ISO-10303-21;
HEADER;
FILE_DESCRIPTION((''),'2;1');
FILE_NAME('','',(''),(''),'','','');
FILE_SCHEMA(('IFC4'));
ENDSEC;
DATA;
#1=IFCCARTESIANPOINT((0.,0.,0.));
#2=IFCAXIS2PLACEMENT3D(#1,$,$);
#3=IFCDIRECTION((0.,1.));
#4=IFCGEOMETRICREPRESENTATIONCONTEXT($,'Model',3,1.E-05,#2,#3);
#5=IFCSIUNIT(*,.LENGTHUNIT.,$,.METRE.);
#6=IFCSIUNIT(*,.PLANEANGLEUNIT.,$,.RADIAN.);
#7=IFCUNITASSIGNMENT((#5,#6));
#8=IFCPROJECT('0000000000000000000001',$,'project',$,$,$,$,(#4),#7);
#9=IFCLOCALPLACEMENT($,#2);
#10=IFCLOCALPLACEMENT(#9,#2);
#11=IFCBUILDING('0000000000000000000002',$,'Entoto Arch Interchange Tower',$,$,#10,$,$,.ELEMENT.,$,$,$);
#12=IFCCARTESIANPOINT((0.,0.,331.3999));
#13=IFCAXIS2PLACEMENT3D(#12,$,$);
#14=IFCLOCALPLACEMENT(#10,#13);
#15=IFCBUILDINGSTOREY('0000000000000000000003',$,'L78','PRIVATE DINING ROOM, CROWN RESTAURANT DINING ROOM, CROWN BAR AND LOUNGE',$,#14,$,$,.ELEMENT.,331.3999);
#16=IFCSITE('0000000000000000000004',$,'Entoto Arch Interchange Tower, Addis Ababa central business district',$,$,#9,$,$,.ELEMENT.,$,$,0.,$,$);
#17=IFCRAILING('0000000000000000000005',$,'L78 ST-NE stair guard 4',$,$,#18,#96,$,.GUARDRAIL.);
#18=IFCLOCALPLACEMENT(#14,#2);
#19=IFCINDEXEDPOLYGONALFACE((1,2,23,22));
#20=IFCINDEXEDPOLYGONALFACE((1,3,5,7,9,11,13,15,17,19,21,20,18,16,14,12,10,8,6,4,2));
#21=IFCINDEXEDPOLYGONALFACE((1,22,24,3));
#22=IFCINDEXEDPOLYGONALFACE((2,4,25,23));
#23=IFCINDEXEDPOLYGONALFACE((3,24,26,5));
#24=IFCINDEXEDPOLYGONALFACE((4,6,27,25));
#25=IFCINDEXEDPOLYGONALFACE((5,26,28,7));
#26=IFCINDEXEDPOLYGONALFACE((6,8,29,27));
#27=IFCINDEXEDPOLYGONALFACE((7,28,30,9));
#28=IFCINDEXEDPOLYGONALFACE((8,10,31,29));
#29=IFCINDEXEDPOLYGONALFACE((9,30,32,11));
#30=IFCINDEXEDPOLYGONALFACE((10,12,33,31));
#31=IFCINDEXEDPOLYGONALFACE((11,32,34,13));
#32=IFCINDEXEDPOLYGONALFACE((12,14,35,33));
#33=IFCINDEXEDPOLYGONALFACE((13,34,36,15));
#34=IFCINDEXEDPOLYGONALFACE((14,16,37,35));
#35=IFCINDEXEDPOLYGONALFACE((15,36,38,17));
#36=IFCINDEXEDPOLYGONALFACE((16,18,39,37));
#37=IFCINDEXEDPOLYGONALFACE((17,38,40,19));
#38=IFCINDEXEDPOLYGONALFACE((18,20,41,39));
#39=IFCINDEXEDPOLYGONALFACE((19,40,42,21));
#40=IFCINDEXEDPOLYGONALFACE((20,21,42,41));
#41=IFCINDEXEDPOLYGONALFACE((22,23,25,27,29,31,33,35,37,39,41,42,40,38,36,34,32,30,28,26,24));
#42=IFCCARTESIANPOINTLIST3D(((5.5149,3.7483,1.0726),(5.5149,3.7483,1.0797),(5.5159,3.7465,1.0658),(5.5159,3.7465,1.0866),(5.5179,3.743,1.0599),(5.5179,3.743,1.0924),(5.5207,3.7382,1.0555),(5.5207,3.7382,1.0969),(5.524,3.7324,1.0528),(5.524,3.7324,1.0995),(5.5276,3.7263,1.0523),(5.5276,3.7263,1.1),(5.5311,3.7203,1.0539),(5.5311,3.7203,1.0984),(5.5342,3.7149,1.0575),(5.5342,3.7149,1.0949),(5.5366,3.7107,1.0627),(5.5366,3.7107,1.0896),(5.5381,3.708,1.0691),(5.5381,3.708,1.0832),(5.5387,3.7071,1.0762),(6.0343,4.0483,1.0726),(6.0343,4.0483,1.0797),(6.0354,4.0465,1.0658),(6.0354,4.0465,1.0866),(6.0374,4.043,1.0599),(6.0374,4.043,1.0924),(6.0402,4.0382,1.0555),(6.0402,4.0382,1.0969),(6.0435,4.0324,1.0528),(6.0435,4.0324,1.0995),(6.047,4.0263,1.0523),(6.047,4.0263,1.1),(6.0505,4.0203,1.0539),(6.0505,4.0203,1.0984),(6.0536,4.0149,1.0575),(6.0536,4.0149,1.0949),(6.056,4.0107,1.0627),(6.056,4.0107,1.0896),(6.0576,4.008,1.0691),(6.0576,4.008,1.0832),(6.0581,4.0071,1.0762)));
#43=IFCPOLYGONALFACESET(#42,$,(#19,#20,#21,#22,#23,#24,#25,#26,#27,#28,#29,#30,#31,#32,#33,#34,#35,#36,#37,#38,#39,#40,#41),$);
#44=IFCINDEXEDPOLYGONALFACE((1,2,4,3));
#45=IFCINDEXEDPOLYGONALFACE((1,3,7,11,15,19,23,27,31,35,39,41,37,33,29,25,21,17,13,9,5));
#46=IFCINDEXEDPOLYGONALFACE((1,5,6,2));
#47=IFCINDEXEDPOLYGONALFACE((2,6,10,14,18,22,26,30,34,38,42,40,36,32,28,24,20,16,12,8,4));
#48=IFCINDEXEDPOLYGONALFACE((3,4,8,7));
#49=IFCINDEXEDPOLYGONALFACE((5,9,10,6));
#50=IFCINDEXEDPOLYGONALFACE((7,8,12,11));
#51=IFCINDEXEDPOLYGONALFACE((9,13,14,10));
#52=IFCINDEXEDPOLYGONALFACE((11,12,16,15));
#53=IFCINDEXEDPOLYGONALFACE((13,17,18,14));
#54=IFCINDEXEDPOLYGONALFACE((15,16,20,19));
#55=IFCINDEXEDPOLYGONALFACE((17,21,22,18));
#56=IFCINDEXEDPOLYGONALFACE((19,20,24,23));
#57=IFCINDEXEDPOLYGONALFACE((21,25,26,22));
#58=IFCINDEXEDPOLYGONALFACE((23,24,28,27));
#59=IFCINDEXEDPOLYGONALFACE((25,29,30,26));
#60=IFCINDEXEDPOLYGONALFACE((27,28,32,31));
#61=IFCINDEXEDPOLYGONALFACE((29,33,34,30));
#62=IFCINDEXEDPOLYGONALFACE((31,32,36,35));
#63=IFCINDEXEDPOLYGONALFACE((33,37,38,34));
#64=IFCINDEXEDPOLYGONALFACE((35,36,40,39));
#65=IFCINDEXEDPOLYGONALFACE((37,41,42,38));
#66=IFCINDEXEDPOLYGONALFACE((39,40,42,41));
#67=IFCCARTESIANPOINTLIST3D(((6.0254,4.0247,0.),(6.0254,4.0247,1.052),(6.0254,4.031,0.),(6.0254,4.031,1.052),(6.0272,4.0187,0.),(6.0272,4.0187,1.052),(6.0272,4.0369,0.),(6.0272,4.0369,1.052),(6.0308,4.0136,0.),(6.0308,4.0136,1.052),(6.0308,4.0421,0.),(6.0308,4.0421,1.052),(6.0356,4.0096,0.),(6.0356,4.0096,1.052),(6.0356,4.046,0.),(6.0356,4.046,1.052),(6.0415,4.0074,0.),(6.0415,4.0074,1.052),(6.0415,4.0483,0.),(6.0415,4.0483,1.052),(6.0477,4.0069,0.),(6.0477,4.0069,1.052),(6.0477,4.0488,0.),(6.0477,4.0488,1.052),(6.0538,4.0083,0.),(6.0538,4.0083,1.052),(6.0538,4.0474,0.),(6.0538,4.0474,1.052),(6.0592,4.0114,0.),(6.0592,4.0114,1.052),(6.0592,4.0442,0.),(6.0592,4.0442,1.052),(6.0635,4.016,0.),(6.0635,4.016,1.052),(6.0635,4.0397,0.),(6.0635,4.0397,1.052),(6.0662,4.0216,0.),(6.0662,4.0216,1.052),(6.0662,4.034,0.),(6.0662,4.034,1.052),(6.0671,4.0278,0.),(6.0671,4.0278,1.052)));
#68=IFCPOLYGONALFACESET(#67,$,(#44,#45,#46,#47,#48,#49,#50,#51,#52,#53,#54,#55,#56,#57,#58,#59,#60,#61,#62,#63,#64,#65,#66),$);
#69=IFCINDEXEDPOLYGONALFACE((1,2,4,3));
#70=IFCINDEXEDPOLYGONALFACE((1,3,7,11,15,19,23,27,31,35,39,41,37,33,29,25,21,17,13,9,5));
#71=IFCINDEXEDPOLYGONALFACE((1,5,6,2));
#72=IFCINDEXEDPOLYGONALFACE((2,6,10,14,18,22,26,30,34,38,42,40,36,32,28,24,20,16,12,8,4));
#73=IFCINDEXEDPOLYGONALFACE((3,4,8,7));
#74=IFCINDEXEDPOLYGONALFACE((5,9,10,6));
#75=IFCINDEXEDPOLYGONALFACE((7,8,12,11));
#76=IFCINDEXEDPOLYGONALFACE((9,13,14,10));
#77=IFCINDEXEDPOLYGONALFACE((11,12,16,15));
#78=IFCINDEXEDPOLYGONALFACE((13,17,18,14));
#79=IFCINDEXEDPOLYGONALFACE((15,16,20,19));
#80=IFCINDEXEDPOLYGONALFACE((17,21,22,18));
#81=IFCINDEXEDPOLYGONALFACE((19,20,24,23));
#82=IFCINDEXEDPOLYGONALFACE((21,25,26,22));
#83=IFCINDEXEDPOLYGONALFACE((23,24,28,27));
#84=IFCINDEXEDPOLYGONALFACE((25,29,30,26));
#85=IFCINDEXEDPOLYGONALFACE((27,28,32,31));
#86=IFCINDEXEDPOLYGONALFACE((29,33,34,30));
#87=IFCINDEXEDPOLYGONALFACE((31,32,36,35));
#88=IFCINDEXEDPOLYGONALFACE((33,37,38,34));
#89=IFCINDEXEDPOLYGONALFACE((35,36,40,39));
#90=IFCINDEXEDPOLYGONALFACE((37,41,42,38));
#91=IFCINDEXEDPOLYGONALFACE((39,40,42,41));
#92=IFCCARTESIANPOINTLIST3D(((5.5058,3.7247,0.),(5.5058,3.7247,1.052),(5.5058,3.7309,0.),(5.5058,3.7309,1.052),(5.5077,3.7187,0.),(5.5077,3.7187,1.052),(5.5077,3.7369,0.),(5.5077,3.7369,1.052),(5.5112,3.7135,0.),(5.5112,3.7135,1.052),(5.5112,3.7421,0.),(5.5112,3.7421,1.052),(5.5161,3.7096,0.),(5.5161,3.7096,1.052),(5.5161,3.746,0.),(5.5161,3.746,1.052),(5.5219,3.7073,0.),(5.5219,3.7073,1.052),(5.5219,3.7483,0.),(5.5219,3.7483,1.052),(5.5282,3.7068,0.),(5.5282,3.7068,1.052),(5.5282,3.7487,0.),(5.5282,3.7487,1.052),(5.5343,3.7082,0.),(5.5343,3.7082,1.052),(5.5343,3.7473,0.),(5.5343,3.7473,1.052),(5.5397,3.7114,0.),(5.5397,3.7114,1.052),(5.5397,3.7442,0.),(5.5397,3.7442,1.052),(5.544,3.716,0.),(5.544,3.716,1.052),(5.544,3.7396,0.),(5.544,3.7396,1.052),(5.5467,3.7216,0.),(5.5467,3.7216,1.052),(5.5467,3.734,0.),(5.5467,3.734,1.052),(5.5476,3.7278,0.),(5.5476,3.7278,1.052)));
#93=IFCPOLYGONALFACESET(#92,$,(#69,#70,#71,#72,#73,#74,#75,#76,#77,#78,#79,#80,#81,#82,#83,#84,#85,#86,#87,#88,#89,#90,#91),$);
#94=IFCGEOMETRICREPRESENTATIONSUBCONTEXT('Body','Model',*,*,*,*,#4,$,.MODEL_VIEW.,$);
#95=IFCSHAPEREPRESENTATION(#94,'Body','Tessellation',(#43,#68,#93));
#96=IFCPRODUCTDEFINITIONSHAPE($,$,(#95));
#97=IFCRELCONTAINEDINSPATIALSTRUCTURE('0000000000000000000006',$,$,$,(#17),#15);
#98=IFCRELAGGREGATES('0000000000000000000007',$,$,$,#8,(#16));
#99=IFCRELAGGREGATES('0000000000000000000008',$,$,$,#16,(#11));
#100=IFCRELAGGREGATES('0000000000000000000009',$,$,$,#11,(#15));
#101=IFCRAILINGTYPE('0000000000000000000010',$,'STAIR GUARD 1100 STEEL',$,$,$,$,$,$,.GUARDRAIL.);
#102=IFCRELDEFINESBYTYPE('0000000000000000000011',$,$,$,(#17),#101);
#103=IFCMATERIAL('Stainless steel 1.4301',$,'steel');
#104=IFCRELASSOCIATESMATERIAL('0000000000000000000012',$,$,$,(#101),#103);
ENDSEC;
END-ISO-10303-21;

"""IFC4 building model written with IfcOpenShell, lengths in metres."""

from ifc_helpers import new_model, si_unit, direction, frame, origin, origin_2d, place, context, subcontext, project, spatial, circle, extrude, material, type_object, element, save


model = new_model("IFC4")

# Units and contexts
model_context = context("Model", 3, precision=1e-05, world=origin(), true_north=direction((0.0, 1.0)))
body_context = subcontext(model_context, "Body", "Model", "MODEL_VIEW")
ifc_project = project(units=[si_unit("LENGTHUNIT", "METRE"), si_unit("PLANEANGLEUNIT", "RADIAN")], contexts=[model_context])

# Site, building, storey
site_placement = place(None, origin())
site = spatial("IfcSite", under=ifc_project, at=site_placement, Name="Entoto Arch Interchange Tower, Addis Ababa central business district", CompositionType="ELEMENT", RefElevation=0.0)
building_placement = place(site_placement, origin())
building = spatial("IfcBuilding", under=site, at=building_placement, Name="Entoto Arch Interchange Tower", CompositionType="ELEMENT")
storey_placement = place(building_placement, frame((0.0, 0.0, 331.3999)))
storey = spatial("IfcBuildingStorey", under=building, at=storey_placement, Name="L78", Description="PRIVATE DINING ROOM, CROWN RESTAURANT DINING ROOM, CROWN BAR AND LOUNGE", CompositionType="ELEMENT", Elevation=331.3999)

# Railing
ifc_material_1 = material(Name="Stainless steel 1.4301", Category="steel")
railing_type_1 = type_object("IfcRailingType", Name="STAIR GUARD 1100 STEEL", PredefinedType="GUARDRAIL", material=ifc_material_1)
railing_1_placement = place(storey_placement, frame((6.0461, 4.0278, 0.0)))
element("IfcRailing", 1, at=railing_1_placement, inside=storey, type_object=railing_type_1, Name="L78 ST-NE stair guard 4", PredefinedType="GUARDRAIL", context=body_context, shape_type="SweptSolid", body=[
    extrude(circle(Radius=0.0239, at=origin_2d()), frame((0.0, 0.0, 1.0762), z_axis=(-0.865955, -0.500122, 0.0), x_axis=(0.500122, -0.865955, 0.0)), (0.0, 0.0, 1.0), 0.5999),
    extrude(circle(Radius=0.021, at=origin_2d()), origin(), (0.0, 0.0, 1.0), 1.052),
    extrude(circle(Radius=0.021, at=origin_2d()), frame((-0.5195, -0.3, 0.0)), (0.0, 0.0, 1.0), 1.052),
])

save(model, "model.ifc")
